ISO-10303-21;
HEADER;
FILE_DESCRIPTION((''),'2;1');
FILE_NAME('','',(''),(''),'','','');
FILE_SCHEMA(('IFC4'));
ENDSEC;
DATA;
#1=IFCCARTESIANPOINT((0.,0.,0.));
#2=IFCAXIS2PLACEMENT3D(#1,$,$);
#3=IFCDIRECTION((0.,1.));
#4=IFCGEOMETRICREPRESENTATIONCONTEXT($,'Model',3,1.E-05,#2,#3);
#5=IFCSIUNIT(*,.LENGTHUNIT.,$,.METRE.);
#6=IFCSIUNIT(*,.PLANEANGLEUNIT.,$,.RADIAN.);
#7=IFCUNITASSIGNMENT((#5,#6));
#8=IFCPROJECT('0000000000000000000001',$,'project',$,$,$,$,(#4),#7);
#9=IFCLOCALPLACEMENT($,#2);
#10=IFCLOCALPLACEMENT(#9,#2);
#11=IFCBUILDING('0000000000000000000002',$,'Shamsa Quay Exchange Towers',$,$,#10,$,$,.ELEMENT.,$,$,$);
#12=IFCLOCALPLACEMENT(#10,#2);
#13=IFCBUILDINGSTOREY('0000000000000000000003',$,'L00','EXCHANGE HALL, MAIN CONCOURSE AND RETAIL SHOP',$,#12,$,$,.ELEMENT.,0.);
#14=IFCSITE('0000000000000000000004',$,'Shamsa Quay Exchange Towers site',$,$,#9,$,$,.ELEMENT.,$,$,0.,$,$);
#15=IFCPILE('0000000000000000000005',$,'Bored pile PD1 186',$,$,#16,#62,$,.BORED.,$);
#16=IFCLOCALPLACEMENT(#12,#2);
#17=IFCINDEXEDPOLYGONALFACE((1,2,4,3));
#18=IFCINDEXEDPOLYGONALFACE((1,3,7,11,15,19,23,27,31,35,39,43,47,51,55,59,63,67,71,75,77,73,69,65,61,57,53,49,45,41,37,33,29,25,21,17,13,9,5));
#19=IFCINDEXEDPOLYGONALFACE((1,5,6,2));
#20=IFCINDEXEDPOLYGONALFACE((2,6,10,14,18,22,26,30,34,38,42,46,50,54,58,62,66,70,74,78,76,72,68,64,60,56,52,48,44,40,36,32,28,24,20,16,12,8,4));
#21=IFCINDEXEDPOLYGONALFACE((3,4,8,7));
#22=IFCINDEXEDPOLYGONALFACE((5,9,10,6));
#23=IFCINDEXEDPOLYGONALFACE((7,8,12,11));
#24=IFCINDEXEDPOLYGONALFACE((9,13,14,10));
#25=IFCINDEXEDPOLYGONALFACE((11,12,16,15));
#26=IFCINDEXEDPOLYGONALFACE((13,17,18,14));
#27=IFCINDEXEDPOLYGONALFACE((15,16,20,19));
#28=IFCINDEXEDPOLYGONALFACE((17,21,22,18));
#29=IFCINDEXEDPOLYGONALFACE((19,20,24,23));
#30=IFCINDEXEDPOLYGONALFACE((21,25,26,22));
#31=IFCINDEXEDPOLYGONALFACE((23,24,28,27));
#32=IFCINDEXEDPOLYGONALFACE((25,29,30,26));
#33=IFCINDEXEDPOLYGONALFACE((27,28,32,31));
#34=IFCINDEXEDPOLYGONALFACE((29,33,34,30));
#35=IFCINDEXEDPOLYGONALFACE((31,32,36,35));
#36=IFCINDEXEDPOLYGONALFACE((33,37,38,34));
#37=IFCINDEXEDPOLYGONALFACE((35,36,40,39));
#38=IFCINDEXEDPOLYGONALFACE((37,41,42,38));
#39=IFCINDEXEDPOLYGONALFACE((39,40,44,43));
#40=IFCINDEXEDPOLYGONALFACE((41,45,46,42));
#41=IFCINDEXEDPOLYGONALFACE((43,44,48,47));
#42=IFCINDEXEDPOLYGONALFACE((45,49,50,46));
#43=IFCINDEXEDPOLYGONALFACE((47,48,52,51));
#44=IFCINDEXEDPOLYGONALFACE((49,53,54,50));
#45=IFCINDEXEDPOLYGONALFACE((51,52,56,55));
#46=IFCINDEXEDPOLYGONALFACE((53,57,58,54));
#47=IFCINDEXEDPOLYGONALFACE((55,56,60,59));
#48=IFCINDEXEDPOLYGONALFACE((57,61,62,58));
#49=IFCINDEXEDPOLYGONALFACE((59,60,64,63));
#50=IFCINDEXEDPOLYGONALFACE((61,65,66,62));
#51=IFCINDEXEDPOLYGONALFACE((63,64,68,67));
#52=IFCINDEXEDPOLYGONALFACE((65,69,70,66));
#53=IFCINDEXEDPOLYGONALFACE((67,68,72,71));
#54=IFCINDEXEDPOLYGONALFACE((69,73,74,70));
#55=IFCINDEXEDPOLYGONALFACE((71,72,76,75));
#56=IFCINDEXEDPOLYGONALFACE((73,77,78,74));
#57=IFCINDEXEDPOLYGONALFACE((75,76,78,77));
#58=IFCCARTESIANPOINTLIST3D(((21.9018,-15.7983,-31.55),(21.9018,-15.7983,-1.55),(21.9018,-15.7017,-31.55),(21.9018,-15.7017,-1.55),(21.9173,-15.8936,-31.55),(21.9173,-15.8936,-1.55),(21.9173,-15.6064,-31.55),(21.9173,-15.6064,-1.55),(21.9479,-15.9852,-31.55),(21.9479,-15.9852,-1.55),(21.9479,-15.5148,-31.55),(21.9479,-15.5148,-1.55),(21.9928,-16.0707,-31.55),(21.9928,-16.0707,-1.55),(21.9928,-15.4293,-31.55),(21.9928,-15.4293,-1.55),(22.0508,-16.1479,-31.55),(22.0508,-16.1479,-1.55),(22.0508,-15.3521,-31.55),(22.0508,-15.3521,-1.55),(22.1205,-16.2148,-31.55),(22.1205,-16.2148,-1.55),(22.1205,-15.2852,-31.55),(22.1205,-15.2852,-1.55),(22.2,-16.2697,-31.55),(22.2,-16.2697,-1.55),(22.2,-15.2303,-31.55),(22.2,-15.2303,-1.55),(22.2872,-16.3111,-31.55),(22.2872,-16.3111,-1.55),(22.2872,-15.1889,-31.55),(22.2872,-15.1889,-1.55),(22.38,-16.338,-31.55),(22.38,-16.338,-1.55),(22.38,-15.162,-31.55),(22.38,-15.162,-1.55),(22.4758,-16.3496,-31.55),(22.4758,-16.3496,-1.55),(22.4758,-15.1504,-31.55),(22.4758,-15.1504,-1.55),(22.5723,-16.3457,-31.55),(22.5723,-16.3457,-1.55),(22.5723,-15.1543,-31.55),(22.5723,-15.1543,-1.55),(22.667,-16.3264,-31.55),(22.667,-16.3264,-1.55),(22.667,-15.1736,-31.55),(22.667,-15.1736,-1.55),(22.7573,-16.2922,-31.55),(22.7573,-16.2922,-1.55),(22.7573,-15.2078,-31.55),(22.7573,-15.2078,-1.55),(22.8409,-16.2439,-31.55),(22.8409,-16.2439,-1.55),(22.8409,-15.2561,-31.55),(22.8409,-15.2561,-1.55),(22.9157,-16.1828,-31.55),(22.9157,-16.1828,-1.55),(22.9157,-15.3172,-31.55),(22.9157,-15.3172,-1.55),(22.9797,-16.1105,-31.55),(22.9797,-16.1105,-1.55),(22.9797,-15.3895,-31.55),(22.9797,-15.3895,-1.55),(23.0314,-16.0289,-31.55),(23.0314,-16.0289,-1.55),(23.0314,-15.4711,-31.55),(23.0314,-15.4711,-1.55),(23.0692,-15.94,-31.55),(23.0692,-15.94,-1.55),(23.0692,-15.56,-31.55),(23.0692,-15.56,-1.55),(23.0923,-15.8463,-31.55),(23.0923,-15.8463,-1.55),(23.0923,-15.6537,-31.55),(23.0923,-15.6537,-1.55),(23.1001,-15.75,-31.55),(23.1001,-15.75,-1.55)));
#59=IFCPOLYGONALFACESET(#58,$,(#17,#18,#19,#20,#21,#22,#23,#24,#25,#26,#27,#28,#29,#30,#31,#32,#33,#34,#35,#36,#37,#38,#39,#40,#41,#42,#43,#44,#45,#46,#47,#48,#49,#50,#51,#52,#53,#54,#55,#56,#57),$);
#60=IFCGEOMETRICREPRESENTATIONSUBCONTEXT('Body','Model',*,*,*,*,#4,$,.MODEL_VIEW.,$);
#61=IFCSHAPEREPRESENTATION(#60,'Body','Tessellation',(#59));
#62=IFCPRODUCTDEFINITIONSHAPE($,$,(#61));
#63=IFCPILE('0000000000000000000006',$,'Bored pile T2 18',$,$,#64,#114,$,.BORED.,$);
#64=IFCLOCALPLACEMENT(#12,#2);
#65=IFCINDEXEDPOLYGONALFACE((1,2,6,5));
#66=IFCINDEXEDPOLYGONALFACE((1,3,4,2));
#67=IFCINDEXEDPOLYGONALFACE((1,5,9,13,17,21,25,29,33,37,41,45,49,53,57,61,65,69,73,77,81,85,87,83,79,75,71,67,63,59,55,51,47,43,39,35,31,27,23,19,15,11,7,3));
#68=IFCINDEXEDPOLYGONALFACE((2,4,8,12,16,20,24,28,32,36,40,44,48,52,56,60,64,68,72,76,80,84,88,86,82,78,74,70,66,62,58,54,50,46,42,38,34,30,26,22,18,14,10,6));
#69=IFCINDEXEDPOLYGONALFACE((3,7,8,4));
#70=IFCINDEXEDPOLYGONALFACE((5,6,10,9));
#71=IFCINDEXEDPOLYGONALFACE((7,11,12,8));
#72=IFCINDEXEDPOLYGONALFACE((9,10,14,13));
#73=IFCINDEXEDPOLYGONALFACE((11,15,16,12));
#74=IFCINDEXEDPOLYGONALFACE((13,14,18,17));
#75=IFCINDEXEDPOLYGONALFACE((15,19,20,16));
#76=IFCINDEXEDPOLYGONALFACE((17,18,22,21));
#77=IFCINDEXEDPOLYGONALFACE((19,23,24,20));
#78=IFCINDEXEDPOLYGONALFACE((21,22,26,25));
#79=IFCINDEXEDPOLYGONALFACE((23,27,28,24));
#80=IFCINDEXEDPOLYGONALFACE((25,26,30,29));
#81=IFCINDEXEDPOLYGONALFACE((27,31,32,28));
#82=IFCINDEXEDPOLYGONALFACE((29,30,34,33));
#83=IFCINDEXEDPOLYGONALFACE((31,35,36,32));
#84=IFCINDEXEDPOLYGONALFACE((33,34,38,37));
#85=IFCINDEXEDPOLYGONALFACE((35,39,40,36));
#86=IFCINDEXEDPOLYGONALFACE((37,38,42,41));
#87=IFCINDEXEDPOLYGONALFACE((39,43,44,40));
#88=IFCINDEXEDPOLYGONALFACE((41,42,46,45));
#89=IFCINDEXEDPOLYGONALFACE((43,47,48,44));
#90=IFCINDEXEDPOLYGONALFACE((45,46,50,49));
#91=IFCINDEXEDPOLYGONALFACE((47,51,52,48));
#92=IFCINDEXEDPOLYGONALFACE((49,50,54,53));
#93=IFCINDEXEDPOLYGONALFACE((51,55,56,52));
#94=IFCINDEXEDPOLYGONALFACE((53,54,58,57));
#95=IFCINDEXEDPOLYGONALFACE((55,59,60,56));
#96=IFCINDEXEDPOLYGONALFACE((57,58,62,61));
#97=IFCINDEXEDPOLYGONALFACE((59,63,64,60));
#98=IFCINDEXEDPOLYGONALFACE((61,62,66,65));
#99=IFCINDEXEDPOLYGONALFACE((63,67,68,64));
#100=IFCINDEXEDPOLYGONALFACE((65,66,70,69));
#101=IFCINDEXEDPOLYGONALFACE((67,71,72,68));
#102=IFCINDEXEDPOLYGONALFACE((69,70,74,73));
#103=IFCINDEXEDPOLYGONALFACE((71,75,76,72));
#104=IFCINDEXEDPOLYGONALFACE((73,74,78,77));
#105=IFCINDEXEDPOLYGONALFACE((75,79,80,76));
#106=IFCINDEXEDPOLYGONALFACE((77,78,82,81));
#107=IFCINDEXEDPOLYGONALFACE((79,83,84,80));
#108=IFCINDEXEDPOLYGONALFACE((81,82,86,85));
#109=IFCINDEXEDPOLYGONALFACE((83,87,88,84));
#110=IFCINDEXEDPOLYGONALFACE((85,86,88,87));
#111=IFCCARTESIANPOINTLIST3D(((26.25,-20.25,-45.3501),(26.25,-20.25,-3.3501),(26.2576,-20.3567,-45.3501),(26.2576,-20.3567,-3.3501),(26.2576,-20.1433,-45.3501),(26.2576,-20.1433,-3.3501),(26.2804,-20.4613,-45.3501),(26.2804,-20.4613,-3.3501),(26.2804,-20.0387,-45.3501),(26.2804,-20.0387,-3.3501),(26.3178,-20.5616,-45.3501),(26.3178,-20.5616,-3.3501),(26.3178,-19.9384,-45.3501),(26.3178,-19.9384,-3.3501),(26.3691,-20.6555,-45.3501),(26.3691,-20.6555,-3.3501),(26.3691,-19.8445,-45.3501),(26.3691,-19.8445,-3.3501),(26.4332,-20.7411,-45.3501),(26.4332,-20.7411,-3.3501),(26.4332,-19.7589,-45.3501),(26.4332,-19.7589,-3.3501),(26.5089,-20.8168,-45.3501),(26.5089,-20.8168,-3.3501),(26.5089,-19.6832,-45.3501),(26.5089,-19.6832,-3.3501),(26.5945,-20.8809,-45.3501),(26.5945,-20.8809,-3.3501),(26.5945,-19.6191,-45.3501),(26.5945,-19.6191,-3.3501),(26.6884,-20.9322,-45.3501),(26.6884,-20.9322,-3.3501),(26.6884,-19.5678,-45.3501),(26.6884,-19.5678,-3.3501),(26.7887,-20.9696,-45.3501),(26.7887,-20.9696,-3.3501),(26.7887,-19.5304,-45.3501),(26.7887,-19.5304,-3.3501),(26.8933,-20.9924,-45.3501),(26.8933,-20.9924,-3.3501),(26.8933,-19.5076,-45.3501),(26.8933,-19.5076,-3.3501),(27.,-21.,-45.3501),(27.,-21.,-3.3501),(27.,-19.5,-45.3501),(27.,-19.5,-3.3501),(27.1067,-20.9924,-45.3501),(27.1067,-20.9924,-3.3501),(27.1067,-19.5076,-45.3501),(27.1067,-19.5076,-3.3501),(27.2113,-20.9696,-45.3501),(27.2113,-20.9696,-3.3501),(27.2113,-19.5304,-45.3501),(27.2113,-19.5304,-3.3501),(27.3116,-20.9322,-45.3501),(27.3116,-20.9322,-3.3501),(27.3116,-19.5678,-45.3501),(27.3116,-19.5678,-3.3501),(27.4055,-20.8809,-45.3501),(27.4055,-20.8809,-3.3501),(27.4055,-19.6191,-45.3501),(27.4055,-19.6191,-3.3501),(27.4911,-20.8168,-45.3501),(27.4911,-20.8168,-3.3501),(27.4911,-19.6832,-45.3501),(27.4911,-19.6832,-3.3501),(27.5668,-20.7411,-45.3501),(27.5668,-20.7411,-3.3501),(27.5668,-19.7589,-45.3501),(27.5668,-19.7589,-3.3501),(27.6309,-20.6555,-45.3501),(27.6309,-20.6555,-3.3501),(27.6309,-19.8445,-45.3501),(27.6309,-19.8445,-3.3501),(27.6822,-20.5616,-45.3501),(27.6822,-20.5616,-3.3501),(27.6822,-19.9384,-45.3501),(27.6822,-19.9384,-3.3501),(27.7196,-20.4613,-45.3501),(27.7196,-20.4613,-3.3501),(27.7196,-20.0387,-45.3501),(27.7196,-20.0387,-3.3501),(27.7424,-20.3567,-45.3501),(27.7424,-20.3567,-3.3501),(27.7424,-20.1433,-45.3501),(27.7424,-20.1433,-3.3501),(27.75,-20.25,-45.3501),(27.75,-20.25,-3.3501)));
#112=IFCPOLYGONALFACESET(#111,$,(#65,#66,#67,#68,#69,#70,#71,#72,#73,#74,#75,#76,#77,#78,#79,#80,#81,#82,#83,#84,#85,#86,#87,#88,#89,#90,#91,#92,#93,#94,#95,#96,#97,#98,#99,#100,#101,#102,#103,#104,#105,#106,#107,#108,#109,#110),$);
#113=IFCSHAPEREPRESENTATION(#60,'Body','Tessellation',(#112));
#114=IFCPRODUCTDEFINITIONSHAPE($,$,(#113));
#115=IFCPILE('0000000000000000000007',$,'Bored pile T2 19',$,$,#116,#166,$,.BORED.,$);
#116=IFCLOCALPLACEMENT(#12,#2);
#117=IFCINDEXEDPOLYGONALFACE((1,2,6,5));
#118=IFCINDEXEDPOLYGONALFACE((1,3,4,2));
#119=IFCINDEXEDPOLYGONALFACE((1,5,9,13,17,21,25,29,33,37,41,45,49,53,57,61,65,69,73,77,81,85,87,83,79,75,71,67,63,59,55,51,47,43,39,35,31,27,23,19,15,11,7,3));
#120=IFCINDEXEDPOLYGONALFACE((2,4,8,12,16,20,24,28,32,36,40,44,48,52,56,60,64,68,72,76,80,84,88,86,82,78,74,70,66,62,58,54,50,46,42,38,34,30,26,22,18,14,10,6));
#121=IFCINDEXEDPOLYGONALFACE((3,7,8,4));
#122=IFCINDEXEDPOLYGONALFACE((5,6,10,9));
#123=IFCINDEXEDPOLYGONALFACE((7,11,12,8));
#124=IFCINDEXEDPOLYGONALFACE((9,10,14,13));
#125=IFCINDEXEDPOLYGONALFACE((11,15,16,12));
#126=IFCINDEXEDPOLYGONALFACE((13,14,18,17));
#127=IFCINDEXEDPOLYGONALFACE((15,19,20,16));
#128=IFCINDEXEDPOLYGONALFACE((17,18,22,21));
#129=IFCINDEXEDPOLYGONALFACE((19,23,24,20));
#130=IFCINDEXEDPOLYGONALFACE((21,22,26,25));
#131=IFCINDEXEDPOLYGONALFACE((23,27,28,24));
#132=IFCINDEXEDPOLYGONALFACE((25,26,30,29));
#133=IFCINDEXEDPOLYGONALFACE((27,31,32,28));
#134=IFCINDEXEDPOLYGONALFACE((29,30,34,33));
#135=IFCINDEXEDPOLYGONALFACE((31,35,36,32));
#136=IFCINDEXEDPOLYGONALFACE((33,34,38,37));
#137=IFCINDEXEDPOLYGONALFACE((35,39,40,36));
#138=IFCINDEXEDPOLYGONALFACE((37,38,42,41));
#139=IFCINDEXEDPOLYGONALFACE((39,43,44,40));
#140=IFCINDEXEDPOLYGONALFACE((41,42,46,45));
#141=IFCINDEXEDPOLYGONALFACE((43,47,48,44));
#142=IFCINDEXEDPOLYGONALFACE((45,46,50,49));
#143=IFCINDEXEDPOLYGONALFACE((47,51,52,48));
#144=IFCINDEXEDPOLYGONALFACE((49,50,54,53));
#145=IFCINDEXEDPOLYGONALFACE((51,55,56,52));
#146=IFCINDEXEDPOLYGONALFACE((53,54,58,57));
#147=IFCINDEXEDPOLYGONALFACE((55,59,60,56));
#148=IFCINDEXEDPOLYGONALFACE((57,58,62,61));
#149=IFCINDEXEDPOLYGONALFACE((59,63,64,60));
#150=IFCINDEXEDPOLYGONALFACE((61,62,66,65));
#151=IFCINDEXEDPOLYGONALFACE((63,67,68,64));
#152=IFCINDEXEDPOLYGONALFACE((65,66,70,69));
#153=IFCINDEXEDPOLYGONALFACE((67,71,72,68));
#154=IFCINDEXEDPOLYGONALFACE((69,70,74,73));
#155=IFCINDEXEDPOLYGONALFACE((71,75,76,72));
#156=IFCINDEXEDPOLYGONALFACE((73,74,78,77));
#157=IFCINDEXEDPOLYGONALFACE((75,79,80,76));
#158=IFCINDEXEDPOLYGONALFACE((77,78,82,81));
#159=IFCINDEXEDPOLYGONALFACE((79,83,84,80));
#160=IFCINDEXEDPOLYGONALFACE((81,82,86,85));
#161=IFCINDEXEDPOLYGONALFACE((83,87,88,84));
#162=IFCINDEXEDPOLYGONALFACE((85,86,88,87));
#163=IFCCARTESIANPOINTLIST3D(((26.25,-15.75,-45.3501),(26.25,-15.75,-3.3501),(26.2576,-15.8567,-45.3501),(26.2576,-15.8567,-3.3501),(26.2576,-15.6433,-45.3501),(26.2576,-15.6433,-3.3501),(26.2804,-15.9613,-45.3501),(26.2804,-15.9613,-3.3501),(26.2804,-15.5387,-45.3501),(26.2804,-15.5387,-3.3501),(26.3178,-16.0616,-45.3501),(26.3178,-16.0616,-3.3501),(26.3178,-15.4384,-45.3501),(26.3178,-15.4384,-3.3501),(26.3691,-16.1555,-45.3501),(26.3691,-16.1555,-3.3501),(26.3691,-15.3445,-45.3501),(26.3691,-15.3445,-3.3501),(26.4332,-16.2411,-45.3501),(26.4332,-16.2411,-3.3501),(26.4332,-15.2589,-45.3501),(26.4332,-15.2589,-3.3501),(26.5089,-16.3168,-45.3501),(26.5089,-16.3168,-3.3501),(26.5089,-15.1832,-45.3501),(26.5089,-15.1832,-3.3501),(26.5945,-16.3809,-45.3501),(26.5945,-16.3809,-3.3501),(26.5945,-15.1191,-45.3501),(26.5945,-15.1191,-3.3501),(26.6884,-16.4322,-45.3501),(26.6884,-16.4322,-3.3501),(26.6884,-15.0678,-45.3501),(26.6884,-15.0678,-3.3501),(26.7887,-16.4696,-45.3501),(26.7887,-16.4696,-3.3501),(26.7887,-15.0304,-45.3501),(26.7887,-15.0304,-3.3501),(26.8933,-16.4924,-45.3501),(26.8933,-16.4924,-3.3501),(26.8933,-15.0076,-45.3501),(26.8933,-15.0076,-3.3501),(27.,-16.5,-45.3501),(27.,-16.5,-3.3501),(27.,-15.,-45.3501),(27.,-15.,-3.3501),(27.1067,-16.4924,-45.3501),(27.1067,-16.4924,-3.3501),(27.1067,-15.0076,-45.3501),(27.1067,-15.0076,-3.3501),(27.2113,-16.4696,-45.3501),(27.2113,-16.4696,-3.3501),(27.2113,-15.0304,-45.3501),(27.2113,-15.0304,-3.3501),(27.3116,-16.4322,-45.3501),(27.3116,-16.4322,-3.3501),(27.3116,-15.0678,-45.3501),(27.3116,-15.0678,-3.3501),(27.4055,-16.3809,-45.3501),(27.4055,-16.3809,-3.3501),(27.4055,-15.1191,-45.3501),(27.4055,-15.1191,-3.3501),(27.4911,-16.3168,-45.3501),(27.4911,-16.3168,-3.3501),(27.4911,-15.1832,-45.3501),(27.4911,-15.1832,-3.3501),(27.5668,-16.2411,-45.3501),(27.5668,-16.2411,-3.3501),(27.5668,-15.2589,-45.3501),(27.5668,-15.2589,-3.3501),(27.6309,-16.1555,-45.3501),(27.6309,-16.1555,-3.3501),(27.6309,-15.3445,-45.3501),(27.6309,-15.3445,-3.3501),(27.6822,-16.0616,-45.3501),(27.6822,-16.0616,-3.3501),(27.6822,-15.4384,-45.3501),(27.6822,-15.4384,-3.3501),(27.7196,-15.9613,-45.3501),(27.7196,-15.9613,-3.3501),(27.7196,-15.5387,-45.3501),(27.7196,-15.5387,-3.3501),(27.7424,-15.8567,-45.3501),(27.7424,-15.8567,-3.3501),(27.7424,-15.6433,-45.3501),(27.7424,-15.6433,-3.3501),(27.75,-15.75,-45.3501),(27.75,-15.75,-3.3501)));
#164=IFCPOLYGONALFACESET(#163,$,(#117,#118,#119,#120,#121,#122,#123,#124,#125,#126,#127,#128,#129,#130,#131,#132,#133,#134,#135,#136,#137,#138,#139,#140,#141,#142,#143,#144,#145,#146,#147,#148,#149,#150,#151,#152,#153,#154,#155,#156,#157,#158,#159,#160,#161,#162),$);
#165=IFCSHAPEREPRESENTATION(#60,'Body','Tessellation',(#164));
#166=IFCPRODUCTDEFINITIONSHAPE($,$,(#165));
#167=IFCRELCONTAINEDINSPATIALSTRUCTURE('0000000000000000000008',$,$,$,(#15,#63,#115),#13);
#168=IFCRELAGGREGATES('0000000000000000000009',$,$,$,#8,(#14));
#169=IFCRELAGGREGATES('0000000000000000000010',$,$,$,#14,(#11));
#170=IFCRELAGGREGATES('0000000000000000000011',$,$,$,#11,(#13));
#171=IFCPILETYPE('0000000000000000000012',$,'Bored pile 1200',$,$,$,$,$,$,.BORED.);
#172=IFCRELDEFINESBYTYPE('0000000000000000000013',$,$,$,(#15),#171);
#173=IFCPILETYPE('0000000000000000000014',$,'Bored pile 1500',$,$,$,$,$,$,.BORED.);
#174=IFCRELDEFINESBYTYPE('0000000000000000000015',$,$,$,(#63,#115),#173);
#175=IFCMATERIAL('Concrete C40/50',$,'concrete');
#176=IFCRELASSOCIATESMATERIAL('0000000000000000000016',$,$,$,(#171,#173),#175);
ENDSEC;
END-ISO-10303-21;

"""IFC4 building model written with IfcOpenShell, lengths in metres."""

from ifc_helpers import new_model, si_unit, direction, frame, origin, origin_2d, place, context, subcontext, project, spatial, circle, extrude, material, material_profile, profile_set, type_object, element, save


model = new_model("IFC4")

# Units and contexts
model_context = context("Model", 3, precision=1e-05, world=origin(), true_north=direction((0.0, 1.0)))
body_context = subcontext(model_context, "Body", "Model", "MODEL_VIEW")
ifc_project = project(units=[si_unit("LENGTHUNIT", "METRE"), si_unit("PLANEANGLEUNIT", "RADIAN")], contexts=[model_context])

# Site, building, storey
site_placement = place(None, origin())
site = spatial("IfcSite", under=ifc_project, at=site_placement, Name="Shamsa Quay Exchange Towers site", CompositionType="ELEMENT", RefElevation=0.0)
building_placement = place(site_placement, origin())
building = spatial("IfcBuilding", under=site, at=building_placement, Name="Shamsa Quay Exchange Towers", CompositionType="ELEMENT")
storey_placement = place(building_placement, origin())
storey = spatial("IfcBuildingStorey", under=building, at=storey_placement, Name="L00", Description="EXCHANGE HALL, MAIN CONCOURSE AND RETAIL SHOP", CompositionType="ELEMENT", Elevation=0.0)

# Piles
ifc_material_1 = material(Name="Concrete C40/50", Category="concrete")
ifc_material_profile_1 = material_profile(ifc_material_1, circle(Radius=0.6001, at=origin_2d()), Name="BP1200")
ifc_profile_set_1 = profile_set([ifc_material_profile_1], Name="Concrete C40/50")
pile_type_1 = type_object("IfcPileType", Name="Bored pile 1200", PredefinedType="BORED", material=ifc_profile_set_1)
for number, where, z_axis, x_axis, name in (
    (1, (22.5, -15.75, -1.55), (0.0, 0.0, -1.0), (1.0, 0.0, 0.0), "Bored pile PD1 186"),
):
    element("IfcPile", number, at=place(storey_placement, frame(where, z_axis=z_axis, x_axis=x_axis)), inside=storey, type_object=pile_type_1, Name=name, PredefinedType="BORED", context=body_context, shape_type="SweptSolid", body=[
        extrude(circle(Radius=0.6001, at=origin_2d()), origin(), (0.0, 0.0, 1.0), 30.0),
    ])
ifc_material_profile_2 = material_profile(ifc_material_1, circle(Radius=0.75, at=origin_2d()), Name="BP1500")
ifc_profile_set_2 = profile_set([ifc_material_profile_2], Name="Concrete C40/50")
pile_type_2 = type_object("IfcPileType", Name="Bored pile 1500", PredefinedType="BORED", material=ifc_profile_set_2)
for number, where, z_axis, x_axis, name in (
    (2, (27.0, -20.25, -3.3501), (0.0, 0.0, -1.0), (1.0, 0.0, 0.0), "Bored pile T2 18"),
    (3, (27.0, -15.75, -3.3501), (0.0, 0.0, -1.0), (1.0, 0.0, 0.0), "Bored pile T2 19"),
):
    element("IfcPile", number, at=place(storey_placement, frame(where, z_axis=z_axis, x_axis=x_axis)), inside=storey, type_object=pile_type_2, Name=name, PredefinedType="BORED", context=body_context, shape_type="SweptSolid", body=[
        extrude(circle(Radius=0.75, at=origin_2d()), origin(), (0.0, 0.0, 1.0), 42.0),
    ])

save(model, "model.ifc")
